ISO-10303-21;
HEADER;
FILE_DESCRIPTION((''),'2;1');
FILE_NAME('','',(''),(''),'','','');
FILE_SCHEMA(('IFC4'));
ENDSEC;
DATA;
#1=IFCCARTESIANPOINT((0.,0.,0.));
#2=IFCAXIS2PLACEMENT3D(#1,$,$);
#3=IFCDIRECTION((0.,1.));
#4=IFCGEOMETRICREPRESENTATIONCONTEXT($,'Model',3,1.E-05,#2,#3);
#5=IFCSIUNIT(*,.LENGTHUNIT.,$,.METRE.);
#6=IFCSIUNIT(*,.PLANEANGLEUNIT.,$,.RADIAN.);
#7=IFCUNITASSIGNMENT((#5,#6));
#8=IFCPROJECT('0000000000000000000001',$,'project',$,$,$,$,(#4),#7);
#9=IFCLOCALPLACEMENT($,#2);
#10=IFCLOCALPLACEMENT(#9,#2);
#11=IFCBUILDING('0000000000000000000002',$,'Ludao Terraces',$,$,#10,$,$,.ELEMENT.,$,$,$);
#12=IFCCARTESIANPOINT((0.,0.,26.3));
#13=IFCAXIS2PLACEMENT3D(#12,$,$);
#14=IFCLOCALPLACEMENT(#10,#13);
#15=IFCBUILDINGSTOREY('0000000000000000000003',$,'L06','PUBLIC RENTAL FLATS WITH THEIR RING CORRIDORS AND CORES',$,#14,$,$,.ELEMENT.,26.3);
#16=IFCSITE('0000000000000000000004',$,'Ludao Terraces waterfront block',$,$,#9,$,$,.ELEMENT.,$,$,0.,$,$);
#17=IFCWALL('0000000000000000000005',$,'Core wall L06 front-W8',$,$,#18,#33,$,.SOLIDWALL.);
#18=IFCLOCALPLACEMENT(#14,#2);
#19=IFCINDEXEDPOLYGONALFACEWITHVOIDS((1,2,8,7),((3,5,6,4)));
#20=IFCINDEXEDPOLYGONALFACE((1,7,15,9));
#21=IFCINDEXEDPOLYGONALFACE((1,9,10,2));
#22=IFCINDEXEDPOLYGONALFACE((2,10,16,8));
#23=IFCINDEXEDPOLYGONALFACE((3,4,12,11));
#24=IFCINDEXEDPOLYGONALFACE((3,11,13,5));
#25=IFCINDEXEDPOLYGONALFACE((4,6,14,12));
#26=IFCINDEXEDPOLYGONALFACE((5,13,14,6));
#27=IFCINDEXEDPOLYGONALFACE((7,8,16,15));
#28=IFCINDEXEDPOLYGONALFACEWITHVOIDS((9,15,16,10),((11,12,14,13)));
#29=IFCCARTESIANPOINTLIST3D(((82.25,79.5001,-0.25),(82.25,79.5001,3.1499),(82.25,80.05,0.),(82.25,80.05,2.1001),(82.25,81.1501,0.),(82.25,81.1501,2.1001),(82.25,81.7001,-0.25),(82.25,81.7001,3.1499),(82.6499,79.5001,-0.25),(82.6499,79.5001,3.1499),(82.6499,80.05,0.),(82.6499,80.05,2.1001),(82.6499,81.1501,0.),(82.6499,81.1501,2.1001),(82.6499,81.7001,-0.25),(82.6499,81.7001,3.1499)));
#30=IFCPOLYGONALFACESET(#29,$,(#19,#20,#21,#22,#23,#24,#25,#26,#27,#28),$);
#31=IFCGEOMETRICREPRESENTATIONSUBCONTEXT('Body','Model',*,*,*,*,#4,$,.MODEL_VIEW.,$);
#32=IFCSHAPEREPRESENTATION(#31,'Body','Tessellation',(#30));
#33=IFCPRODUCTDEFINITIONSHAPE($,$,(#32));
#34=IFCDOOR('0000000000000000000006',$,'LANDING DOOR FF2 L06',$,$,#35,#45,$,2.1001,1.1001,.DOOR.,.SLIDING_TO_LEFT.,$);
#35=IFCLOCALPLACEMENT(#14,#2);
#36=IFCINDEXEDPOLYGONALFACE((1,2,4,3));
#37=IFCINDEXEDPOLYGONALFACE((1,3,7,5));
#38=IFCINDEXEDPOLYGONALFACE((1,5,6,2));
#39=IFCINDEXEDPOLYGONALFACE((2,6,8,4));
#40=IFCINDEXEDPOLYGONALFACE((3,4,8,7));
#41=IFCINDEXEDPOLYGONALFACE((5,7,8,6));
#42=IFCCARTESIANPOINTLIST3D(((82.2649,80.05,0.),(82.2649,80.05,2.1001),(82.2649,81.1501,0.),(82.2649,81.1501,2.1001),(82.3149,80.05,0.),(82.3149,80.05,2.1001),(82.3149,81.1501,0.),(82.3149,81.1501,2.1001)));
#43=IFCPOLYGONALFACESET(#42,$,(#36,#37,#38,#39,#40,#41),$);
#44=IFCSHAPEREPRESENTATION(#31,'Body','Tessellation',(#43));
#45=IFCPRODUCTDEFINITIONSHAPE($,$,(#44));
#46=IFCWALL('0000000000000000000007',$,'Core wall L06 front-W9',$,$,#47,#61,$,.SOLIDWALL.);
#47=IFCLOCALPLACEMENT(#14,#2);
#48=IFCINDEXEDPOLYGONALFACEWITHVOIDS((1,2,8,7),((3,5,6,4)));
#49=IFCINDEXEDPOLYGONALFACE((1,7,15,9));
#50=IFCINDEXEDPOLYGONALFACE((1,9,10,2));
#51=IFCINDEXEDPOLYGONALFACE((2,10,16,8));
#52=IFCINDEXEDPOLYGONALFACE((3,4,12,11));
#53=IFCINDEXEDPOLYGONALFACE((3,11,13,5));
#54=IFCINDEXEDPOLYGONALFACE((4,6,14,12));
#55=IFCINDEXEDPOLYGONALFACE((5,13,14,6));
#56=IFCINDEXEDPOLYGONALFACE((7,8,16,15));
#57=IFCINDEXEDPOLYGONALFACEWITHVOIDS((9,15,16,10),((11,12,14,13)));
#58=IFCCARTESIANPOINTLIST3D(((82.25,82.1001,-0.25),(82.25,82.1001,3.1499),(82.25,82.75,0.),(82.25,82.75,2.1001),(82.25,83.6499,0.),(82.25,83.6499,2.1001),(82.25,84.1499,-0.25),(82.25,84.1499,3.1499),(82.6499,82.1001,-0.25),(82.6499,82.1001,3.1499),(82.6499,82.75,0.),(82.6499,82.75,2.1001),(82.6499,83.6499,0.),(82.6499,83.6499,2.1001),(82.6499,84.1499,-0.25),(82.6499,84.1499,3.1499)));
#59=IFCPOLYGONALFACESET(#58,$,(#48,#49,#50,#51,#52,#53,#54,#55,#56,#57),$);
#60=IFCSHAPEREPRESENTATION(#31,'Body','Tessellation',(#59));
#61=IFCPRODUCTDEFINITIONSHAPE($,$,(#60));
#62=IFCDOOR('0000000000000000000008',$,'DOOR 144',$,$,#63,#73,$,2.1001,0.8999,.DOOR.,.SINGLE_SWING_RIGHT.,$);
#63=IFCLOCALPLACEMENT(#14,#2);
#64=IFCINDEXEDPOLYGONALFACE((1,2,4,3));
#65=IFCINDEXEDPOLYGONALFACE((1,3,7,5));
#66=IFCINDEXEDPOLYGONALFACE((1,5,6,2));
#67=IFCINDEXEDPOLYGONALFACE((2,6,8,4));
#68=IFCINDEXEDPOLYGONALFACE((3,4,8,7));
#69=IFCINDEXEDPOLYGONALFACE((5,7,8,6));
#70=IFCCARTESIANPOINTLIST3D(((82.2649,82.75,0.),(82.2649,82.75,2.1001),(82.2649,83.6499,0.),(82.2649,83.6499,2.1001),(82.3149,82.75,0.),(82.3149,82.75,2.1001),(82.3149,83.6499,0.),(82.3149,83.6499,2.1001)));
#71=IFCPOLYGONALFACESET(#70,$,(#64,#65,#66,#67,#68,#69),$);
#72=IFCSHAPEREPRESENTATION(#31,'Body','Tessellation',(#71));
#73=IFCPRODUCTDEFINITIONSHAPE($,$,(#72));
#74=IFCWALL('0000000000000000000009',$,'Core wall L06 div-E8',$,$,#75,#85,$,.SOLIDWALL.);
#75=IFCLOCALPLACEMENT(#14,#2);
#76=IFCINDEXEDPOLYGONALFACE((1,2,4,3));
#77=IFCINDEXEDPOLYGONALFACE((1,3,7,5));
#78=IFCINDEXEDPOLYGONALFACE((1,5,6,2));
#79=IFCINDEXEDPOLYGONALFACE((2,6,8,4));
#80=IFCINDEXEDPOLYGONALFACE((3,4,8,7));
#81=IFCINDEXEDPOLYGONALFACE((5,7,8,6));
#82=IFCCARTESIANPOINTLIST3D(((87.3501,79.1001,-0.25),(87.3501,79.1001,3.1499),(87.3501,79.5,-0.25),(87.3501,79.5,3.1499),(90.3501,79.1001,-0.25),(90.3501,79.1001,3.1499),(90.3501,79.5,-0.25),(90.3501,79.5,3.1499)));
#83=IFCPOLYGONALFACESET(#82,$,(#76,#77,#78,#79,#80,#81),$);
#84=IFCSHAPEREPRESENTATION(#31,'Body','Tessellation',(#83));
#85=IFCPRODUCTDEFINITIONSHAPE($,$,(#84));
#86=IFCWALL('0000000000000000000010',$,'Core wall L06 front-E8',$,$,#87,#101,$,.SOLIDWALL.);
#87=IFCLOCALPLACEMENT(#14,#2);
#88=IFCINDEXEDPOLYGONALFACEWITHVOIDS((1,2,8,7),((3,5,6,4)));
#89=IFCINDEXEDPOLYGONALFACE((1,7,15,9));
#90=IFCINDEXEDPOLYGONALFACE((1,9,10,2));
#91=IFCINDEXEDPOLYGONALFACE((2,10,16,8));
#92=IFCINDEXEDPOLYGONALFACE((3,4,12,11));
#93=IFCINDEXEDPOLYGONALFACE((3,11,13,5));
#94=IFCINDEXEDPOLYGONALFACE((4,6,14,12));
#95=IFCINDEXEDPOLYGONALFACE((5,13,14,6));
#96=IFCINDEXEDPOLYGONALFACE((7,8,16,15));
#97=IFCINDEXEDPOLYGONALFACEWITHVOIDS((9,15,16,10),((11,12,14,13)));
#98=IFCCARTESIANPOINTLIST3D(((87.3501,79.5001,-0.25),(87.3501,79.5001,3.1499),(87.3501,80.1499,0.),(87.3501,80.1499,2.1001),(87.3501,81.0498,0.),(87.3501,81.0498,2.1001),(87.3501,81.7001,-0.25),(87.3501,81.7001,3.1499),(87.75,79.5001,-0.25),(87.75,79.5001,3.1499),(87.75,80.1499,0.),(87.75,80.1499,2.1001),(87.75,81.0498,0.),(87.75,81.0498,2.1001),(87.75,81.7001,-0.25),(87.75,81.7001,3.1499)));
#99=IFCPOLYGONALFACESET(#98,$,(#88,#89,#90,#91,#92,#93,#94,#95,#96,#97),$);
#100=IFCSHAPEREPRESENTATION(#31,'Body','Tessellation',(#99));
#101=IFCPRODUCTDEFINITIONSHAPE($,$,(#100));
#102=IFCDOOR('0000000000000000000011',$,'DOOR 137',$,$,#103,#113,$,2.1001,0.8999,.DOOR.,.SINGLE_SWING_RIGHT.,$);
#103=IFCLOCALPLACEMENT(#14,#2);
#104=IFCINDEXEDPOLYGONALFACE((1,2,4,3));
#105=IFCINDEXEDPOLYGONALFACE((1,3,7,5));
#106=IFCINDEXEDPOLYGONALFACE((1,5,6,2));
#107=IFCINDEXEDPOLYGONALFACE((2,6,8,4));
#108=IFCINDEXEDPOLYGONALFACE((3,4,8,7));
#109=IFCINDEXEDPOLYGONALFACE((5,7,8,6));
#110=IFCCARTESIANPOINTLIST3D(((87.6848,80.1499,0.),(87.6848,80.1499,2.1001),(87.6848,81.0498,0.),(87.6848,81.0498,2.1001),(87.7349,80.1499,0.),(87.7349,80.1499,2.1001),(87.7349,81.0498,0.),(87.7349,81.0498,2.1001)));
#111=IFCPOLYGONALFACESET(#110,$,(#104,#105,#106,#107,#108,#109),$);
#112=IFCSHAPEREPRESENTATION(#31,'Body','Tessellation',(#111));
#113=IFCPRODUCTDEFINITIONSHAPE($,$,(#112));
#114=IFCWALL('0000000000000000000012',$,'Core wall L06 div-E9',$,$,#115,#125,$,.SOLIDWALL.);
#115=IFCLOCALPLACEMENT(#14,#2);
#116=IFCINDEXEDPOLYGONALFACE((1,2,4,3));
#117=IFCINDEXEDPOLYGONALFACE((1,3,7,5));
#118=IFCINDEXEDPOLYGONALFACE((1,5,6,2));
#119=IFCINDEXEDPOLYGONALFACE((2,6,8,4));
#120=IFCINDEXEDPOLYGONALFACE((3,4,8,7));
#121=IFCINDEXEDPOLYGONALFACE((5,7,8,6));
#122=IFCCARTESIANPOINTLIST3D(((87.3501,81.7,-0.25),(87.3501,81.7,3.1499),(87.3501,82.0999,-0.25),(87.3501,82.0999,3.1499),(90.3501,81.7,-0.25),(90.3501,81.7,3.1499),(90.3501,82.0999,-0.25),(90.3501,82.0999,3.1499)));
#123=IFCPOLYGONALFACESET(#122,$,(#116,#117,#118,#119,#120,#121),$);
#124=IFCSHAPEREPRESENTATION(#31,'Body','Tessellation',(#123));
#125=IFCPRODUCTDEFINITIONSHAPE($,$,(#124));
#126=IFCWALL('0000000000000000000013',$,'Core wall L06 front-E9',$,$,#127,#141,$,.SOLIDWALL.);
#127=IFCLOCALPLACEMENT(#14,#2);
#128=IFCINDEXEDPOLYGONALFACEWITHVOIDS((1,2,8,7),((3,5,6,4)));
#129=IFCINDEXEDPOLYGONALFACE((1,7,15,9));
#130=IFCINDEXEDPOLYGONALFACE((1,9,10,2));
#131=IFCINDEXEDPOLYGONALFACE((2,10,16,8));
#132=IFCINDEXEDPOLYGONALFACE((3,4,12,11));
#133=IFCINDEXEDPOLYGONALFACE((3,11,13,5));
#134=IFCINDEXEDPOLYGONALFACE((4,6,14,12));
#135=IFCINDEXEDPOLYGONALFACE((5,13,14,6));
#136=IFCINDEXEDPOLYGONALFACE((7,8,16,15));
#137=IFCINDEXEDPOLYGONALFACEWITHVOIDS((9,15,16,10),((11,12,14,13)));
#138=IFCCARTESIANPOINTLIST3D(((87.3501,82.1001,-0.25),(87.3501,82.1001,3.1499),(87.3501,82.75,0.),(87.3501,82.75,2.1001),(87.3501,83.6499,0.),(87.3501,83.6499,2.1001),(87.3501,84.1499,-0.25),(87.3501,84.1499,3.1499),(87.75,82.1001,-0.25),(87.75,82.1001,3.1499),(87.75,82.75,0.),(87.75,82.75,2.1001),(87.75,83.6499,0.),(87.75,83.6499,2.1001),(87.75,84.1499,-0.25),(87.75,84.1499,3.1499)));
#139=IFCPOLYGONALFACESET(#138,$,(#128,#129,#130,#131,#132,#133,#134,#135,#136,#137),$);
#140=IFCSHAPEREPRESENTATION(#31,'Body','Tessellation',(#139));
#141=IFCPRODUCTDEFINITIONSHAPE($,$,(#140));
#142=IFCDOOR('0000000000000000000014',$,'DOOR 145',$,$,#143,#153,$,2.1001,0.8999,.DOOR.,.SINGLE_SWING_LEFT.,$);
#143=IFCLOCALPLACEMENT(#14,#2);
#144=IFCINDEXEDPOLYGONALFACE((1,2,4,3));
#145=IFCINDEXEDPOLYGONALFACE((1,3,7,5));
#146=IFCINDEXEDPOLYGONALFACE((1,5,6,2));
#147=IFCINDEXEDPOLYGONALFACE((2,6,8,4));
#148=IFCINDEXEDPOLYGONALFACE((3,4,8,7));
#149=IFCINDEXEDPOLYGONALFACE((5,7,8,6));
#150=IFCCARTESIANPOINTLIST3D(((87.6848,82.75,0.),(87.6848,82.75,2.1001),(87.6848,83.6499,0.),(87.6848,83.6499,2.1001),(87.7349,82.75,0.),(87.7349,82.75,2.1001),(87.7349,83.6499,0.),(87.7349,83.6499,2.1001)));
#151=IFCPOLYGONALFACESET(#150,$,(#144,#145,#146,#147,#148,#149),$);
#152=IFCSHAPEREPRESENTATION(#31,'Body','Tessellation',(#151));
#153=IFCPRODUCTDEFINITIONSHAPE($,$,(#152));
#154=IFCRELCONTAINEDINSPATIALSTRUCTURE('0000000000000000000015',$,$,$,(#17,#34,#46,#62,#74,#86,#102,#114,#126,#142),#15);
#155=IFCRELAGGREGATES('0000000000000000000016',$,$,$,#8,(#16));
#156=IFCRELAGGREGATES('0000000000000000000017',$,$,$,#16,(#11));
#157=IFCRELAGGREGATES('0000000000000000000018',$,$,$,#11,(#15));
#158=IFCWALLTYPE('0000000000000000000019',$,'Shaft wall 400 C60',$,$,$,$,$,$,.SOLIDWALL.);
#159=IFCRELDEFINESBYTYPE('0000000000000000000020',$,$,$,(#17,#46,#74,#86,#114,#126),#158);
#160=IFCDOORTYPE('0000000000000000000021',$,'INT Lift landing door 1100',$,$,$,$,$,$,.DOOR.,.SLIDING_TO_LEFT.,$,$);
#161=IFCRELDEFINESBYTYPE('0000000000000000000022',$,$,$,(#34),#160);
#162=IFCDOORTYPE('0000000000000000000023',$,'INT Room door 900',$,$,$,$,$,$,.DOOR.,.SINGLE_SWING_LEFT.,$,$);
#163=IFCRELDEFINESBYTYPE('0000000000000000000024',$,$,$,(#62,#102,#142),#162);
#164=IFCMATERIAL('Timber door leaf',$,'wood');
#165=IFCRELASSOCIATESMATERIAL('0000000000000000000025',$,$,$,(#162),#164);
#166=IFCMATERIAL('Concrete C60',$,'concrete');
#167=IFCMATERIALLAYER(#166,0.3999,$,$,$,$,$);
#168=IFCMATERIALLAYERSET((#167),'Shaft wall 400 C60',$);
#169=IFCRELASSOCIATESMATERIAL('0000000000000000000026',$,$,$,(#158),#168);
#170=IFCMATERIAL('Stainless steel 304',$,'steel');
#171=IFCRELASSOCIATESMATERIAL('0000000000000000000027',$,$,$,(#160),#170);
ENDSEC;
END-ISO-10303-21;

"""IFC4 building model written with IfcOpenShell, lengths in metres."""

from ifc_helpers import new_model, si_unit, direction, frame, frame_2d, origin, place, context, subcontext, project, spatial, rectangle, extrude, material, layer, layer_set, type_object, element, fill, save


model = new_model("IFC4")

# Units and contexts
model_context = context("Model", 3, precision=1e-05, world=origin(), true_north=direction((0.0, 1.0)))
body_context = subcontext(model_context, "Body", "Model", "MODEL_VIEW")
ifc_project = project(units=[si_unit("LENGTHUNIT", "METRE"), si_unit("PLANEANGLEUNIT", "RADIAN")], contexts=[model_context])

# Site, building, storey
site_placement = place(None, origin())
site = spatial("IfcSite", under=ifc_project, at=site_placement, Name="Ludao Terraces waterfront block", CompositionType="ELEMENT", RefElevation=0.0)
building_placement = place(site_placement, origin())
building = spatial("IfcBuilding", under=site, at=building_placement, Name="Ludao Terraces", CompositionType="ELEMENT")
storey_placement = place(building_placement, frame((0.0, 0.0, 26.3)))
storey = spatial("IfcBuildingStorey", under=building, at=storey_placement, Name="L06", Description="PUBLIC RENTAL FLATS WITH THEIR RING CORRIDORS AND CORES", CompositionType="ELEMENT", Elevation=26.3)

# Shared definitions
ifc_material_1 = material(Name="Concrete C60", Category="concrete")

# Shared definitions
ifc_material_2 = material(Name="Timber door leaf", Category="wood")
door_type_1 = type_object("IfcDoorType", Name="INT Room door 900", OperationType="SINGLE_SWING_LEFT", PredefinedType="DOOR", material=ifc_material_2)

# Walls, openings, doors
ifc_layer_1 = layer(ifc_material_1, 0.3999)
ifc_layer_set_1 = layer_set([ifc_layer_1], Name="Shaft wall 400 C60")
wall_type_1 = type_object("IfcWallType", Name="Shaft wall 400 C60", PredefinedType="SOLIDWALL", material=ifc_layer_set_1)
wall_1_placement = place(storey_placement, frame((82.45, 79.5, -0.25), z_axis=(0.0, 0.0, 1.0), x_axis=(0.0, 1.0, 0.0)))
wall_1 = element("IfcWall", 1, at=wall_1_placement, inside=storey, type_object=wall_type_1, Name="Core wall L06 front-W8", PredefinedType="SOLIDWALL", context=body_context, shape_type="SweptSolid", body=[
    extrude(rectangle(XDim=2.2, YDim=0.3999, at=frame_2d((1.1001, 0.0))), origin(), (0.0, 0.0, 1.0), 3.3999),
])
opening_1_placement = place(wall_1_placement, frame((0.55, 0.0, 0.25)))
opening_1 = element("IfcOpeningElement", 2, at=opening_1_placement, cuts=wall_1, PredefinedType="OPENING", context=body_context, shape_type="SweptSolid", body=[
    extrude(rectangle(XDim=1.1001, YDim=2.1001, at=frame_2d((0.55, 1.05))), frame((0.0, 0.21, 0.0), z_axis=(0.0, -1.0, 0.0), x_axis=(1.0, 0.0, 0.0)), (0.0, 0.0, 1.0), 0.4199),
])
ifc_material_3 = material(Name="Stainless steel 304", Category="steel")
door_type_2 = type_object("IfcDoorType", Name="INT Lift landing door 1100", OperationType="SLIDING_TO_LEFT", PredefinedType="DOOR", material=ifc_material_3)
door_1_placement = place(opening_1_placement, origin())
door_1 = element("IfcDoor", 3, at=door_1_placement, inside=storey, type_object=door_type_2, Name="LANDING DOOR FF2 L06", OperationType="SLIDING_TO_LEFT", OverallHeight=2.1001, OverallWidth=1.1001, PredefinedType="DOOR", context=body_context, shape_type="SweptSolid", body=[
    extrude(rectangle(XDim=1.1001, YDim=2.1001, at=frame_2d((0.55, 1.05))), frame((0.0, 0.1851, 0.0), z_axis=(0.0, -1.0, 0.0), x_axis=(1.0, 0.0, 0.0)), (0.0, 0.0, 1.0), 0.05),
])
fill(opening_1, door_1)
wall_2_placement = place(storey_placement, frame((82.45, 82.1001, -0.25), z_axis=(0.0, 0.0, 1.0), x_axis=(0.0, 1.0, 0.0)))
wall_2 = element("IfcWall", 4, at=wall_2_placement, inside=storey, type_object=wall_type_1, Name="Core wall L06 front-W9", PredefinedType="SOLIDWALL", context=body_context, shape_type="SweptSolid", body=[
    extrude(rectangle(XDim=2.0498, YDim=0.3999, at=frame_2d((1.0249, 0.0))), origin(), (0.0, 0.0, 1.0), 3.3999),
])
opening_2_placement = place(wall_2_placement, frame((0.6499, 0.0, 0.25)))
opening_2 = element("IfcOpeningElement", 5, at=opening_2_placement, cuts=wall_2, PredefinedType="OPENING", context=body_context, shape_type="SweptSolid", body=[
    extrude(rectangle(XDim=0.8999, YDim=2.1001, at=frame_2d((0.45, 1.05))), frame((0.0, 0.21, 0.0), z_axis=(0.0, -1.0, 0.0), x_axis=(1.0, 0.0, 0.0)), (0.0, 0.0, 1.0), 0.4199),
])
door_2_placement = place(opening_2_placement, origin())
door_2 = element("IfcDoor", 6, at=door_2_placement, inside=storey, type_object=door_type_1, Name="DOOR 144", OperationType="SINGLE_SWING_RIGHT", OverallHeight=2.1001, OverallWidth=0.8999, PredefinedType="DOOR", context=body_context, shape_type="SweptSolid", body=[
    extrude(rectangle(XDim=0.8999, YDim=2.1001, at=frame_2d((0.45, 1.05))), frame((0.0, 0.1851, 0.0), z_axis=(0.0, -1.0, 0.0), x_axis=(1.0, 0.0, 0.0)), (0.0, 0.0, 1.0), 0.05),
])
fill(opening_2, door_2)

# Wall
wall_3_placement = place(storey_placement, frame((87.3501, 79.3, -0.25), z_axis=(0.0, 0.0, 1.0), x_axis=(1.0, 0.0, 0.0)))
element("IfcWall", 7, at=wall_3_placement, inside=storey, type_object=wall_type_1, Name="Core wall L06 div-E8", PredefinedType="SOLIDWALL", context=body_context, shape_type="SweptSolid", body=[
    extrude(rectangle(XDim=3.0, YDim=0.3999, at=frame_2d((1.5, 0.0))), origin(), (0.0, 0.0, 1.0), 3.3999),
])

# Wall, opening, door
wall_4_placement = place(storey_placement, frame((87.55, 79.5, -0.25), z_axis=(0.0, 0.0, 1.0), x_axis=(0.0, 1.0, 0.0)))
wall_4 = element("IfcWall", 8, at=wall_4_placement, inside=storey, type_object=wall_type_1, Name="Core wall L06 front-E8", PredefinedType="SOLIDWALL", context=body_context, shape_type="SweptSolid", body=[
    extrude(rectangle(XDim=2.2, YDim=0.3999, at=frame_2d((1.1001, 0.0))), origin(), (0.0, 0.0, 1.0), 3.3999),
])
opening_3_placement = place(wall_4_placement, frame((0.6499, 0.0, 0.25)))
opening_3 = element("IfcOpeningElement", 9, at=opening_3_placement, cuts=wall_4, PredefinedType="OPENING", context=body_context, shape_type="SweptSolid", body=[
    extrude(rectangle(XDim=0.8999, YDim=2.1001, at=frame_2d((0.45, 1.05))), frame((0.0, 0.21, 0.0), z_axis=(0.0, -1.0, 0.0), x_axis=(1.0, 0.0, 0.0)), (0.0, 0.0, 1.0), 0.4199),
])
door_3_placement = place(opening_3_placement, origin())
door_3 = element("IfcDoor", 10, at=door_3_placement, inside=storey, type_object=door_type_1, Name="DOOR 137", OperationType="SINGLE_SWING_RIGHT", OverallHeight=2.1001, OverallWidth=0.8999, PredefinedType="DOOR", context=body_context, shape_type="SweptSolid", body=[
    extrude(rectangle(XDim=0.8999, YDim=2.1001, at=frame_2d((0.45, 1.05))), frame((0.0, -0.1348, 0.0), z_axis=(0.0, -1.0, 0.0), x_axis=(1.0, 0.0, 0.0)), (0.0, 0.0, 1.0), 0.05),
])
fill(opening_3, door_3)

# Wall
wall_5_placement = place(storey_placement, frame((87.3501, 81.8999, -0.25), z_axis=(0.0, 0.0, 1.0), x_axis=(1.0, 0.0, 0.0)))
element("IfcWall", 11, at=wall_5_placement, inside=storey, type_object=wall_type_1, Name="Core wall L06 div-E9", PredefinedType="SOLIDWALL", context=body_context, shape_type="SweptSolid", body=[
    extrude(rectangle(XDim=3.0, YDim=0.3999, at=frame_2d((1.5, 0.0))), origin(), (0.0, 0.0, 1.0), 3.3999),
])

# Wall, opening, door
wall_6_placement = place(storey_placement, frame((87.55, 82.1001, -0.25), z_axis=(0.0, 0.0, 1.0), x_axis=(0.0, 1.0, 0.0)))
wall_6 = element("IfcWall", 12, at=wall_6_placement, inside=storey, type_object=wall_type_1, Name="Core wall L06 front-E9", PredefinedType="SOLIDWALL", context=body_context, shape_type="SweptSolid", body=[
    extrude(rectangle(XDim=2.0498, YDim=0.3999, at=frame_2d((1.0249, 0.0))), origin(), (0.0, 0.0, 1.0), 3.3999),
])
opening_4_placement = place(wall_6_placement, frame((0.6499, 0.0, 0.25)))
opening_4 = element("IfcOpeningElement", 13, at=opening_4_placement, cuts=wall_6, PredefinedType="OPENING", context=body_context, shape_type="SweptSolid", body=[
    extrude(rectangle(XDim=0.8999, YDim=2.1001, at=frame_2d((0.45, 1.05))), frame((0.0, 0.21, 0.0), z_axis=(0.0, -1.0, 0.0), x_axis=(1.0, 0.0, 0.0)), (0.0, 0.0, 1.0), 0.4199),
])
door_4_placement = place(opening_4_placement, origin())
door_4 = element("IfcDoor", 14, at=door_4_placement, inside=storey, type_object=door_type_1, Name="DOOR 145", OperationType="SINGLE_SWING_LEFT", OverallHeight=2.1001, OverallWidth=0.8999, PredefinedType="DOOR", context=body_context, shape_type="SweptSolid", body=[
    extrude(rectangle(XDim=0.8999, YDim=2.1001, at=frame_2d((0.45, 1.05))), frame((0.0, -0.1348, 0.0), z_axis=(0.0, -1.0, 0.0), x_axis=(1.0, 0.0, 0.0)), (0.0, 0.0, 1.0), 0.05),
])
fill(opening_4, door_4)

save(model, "model.ifc")
